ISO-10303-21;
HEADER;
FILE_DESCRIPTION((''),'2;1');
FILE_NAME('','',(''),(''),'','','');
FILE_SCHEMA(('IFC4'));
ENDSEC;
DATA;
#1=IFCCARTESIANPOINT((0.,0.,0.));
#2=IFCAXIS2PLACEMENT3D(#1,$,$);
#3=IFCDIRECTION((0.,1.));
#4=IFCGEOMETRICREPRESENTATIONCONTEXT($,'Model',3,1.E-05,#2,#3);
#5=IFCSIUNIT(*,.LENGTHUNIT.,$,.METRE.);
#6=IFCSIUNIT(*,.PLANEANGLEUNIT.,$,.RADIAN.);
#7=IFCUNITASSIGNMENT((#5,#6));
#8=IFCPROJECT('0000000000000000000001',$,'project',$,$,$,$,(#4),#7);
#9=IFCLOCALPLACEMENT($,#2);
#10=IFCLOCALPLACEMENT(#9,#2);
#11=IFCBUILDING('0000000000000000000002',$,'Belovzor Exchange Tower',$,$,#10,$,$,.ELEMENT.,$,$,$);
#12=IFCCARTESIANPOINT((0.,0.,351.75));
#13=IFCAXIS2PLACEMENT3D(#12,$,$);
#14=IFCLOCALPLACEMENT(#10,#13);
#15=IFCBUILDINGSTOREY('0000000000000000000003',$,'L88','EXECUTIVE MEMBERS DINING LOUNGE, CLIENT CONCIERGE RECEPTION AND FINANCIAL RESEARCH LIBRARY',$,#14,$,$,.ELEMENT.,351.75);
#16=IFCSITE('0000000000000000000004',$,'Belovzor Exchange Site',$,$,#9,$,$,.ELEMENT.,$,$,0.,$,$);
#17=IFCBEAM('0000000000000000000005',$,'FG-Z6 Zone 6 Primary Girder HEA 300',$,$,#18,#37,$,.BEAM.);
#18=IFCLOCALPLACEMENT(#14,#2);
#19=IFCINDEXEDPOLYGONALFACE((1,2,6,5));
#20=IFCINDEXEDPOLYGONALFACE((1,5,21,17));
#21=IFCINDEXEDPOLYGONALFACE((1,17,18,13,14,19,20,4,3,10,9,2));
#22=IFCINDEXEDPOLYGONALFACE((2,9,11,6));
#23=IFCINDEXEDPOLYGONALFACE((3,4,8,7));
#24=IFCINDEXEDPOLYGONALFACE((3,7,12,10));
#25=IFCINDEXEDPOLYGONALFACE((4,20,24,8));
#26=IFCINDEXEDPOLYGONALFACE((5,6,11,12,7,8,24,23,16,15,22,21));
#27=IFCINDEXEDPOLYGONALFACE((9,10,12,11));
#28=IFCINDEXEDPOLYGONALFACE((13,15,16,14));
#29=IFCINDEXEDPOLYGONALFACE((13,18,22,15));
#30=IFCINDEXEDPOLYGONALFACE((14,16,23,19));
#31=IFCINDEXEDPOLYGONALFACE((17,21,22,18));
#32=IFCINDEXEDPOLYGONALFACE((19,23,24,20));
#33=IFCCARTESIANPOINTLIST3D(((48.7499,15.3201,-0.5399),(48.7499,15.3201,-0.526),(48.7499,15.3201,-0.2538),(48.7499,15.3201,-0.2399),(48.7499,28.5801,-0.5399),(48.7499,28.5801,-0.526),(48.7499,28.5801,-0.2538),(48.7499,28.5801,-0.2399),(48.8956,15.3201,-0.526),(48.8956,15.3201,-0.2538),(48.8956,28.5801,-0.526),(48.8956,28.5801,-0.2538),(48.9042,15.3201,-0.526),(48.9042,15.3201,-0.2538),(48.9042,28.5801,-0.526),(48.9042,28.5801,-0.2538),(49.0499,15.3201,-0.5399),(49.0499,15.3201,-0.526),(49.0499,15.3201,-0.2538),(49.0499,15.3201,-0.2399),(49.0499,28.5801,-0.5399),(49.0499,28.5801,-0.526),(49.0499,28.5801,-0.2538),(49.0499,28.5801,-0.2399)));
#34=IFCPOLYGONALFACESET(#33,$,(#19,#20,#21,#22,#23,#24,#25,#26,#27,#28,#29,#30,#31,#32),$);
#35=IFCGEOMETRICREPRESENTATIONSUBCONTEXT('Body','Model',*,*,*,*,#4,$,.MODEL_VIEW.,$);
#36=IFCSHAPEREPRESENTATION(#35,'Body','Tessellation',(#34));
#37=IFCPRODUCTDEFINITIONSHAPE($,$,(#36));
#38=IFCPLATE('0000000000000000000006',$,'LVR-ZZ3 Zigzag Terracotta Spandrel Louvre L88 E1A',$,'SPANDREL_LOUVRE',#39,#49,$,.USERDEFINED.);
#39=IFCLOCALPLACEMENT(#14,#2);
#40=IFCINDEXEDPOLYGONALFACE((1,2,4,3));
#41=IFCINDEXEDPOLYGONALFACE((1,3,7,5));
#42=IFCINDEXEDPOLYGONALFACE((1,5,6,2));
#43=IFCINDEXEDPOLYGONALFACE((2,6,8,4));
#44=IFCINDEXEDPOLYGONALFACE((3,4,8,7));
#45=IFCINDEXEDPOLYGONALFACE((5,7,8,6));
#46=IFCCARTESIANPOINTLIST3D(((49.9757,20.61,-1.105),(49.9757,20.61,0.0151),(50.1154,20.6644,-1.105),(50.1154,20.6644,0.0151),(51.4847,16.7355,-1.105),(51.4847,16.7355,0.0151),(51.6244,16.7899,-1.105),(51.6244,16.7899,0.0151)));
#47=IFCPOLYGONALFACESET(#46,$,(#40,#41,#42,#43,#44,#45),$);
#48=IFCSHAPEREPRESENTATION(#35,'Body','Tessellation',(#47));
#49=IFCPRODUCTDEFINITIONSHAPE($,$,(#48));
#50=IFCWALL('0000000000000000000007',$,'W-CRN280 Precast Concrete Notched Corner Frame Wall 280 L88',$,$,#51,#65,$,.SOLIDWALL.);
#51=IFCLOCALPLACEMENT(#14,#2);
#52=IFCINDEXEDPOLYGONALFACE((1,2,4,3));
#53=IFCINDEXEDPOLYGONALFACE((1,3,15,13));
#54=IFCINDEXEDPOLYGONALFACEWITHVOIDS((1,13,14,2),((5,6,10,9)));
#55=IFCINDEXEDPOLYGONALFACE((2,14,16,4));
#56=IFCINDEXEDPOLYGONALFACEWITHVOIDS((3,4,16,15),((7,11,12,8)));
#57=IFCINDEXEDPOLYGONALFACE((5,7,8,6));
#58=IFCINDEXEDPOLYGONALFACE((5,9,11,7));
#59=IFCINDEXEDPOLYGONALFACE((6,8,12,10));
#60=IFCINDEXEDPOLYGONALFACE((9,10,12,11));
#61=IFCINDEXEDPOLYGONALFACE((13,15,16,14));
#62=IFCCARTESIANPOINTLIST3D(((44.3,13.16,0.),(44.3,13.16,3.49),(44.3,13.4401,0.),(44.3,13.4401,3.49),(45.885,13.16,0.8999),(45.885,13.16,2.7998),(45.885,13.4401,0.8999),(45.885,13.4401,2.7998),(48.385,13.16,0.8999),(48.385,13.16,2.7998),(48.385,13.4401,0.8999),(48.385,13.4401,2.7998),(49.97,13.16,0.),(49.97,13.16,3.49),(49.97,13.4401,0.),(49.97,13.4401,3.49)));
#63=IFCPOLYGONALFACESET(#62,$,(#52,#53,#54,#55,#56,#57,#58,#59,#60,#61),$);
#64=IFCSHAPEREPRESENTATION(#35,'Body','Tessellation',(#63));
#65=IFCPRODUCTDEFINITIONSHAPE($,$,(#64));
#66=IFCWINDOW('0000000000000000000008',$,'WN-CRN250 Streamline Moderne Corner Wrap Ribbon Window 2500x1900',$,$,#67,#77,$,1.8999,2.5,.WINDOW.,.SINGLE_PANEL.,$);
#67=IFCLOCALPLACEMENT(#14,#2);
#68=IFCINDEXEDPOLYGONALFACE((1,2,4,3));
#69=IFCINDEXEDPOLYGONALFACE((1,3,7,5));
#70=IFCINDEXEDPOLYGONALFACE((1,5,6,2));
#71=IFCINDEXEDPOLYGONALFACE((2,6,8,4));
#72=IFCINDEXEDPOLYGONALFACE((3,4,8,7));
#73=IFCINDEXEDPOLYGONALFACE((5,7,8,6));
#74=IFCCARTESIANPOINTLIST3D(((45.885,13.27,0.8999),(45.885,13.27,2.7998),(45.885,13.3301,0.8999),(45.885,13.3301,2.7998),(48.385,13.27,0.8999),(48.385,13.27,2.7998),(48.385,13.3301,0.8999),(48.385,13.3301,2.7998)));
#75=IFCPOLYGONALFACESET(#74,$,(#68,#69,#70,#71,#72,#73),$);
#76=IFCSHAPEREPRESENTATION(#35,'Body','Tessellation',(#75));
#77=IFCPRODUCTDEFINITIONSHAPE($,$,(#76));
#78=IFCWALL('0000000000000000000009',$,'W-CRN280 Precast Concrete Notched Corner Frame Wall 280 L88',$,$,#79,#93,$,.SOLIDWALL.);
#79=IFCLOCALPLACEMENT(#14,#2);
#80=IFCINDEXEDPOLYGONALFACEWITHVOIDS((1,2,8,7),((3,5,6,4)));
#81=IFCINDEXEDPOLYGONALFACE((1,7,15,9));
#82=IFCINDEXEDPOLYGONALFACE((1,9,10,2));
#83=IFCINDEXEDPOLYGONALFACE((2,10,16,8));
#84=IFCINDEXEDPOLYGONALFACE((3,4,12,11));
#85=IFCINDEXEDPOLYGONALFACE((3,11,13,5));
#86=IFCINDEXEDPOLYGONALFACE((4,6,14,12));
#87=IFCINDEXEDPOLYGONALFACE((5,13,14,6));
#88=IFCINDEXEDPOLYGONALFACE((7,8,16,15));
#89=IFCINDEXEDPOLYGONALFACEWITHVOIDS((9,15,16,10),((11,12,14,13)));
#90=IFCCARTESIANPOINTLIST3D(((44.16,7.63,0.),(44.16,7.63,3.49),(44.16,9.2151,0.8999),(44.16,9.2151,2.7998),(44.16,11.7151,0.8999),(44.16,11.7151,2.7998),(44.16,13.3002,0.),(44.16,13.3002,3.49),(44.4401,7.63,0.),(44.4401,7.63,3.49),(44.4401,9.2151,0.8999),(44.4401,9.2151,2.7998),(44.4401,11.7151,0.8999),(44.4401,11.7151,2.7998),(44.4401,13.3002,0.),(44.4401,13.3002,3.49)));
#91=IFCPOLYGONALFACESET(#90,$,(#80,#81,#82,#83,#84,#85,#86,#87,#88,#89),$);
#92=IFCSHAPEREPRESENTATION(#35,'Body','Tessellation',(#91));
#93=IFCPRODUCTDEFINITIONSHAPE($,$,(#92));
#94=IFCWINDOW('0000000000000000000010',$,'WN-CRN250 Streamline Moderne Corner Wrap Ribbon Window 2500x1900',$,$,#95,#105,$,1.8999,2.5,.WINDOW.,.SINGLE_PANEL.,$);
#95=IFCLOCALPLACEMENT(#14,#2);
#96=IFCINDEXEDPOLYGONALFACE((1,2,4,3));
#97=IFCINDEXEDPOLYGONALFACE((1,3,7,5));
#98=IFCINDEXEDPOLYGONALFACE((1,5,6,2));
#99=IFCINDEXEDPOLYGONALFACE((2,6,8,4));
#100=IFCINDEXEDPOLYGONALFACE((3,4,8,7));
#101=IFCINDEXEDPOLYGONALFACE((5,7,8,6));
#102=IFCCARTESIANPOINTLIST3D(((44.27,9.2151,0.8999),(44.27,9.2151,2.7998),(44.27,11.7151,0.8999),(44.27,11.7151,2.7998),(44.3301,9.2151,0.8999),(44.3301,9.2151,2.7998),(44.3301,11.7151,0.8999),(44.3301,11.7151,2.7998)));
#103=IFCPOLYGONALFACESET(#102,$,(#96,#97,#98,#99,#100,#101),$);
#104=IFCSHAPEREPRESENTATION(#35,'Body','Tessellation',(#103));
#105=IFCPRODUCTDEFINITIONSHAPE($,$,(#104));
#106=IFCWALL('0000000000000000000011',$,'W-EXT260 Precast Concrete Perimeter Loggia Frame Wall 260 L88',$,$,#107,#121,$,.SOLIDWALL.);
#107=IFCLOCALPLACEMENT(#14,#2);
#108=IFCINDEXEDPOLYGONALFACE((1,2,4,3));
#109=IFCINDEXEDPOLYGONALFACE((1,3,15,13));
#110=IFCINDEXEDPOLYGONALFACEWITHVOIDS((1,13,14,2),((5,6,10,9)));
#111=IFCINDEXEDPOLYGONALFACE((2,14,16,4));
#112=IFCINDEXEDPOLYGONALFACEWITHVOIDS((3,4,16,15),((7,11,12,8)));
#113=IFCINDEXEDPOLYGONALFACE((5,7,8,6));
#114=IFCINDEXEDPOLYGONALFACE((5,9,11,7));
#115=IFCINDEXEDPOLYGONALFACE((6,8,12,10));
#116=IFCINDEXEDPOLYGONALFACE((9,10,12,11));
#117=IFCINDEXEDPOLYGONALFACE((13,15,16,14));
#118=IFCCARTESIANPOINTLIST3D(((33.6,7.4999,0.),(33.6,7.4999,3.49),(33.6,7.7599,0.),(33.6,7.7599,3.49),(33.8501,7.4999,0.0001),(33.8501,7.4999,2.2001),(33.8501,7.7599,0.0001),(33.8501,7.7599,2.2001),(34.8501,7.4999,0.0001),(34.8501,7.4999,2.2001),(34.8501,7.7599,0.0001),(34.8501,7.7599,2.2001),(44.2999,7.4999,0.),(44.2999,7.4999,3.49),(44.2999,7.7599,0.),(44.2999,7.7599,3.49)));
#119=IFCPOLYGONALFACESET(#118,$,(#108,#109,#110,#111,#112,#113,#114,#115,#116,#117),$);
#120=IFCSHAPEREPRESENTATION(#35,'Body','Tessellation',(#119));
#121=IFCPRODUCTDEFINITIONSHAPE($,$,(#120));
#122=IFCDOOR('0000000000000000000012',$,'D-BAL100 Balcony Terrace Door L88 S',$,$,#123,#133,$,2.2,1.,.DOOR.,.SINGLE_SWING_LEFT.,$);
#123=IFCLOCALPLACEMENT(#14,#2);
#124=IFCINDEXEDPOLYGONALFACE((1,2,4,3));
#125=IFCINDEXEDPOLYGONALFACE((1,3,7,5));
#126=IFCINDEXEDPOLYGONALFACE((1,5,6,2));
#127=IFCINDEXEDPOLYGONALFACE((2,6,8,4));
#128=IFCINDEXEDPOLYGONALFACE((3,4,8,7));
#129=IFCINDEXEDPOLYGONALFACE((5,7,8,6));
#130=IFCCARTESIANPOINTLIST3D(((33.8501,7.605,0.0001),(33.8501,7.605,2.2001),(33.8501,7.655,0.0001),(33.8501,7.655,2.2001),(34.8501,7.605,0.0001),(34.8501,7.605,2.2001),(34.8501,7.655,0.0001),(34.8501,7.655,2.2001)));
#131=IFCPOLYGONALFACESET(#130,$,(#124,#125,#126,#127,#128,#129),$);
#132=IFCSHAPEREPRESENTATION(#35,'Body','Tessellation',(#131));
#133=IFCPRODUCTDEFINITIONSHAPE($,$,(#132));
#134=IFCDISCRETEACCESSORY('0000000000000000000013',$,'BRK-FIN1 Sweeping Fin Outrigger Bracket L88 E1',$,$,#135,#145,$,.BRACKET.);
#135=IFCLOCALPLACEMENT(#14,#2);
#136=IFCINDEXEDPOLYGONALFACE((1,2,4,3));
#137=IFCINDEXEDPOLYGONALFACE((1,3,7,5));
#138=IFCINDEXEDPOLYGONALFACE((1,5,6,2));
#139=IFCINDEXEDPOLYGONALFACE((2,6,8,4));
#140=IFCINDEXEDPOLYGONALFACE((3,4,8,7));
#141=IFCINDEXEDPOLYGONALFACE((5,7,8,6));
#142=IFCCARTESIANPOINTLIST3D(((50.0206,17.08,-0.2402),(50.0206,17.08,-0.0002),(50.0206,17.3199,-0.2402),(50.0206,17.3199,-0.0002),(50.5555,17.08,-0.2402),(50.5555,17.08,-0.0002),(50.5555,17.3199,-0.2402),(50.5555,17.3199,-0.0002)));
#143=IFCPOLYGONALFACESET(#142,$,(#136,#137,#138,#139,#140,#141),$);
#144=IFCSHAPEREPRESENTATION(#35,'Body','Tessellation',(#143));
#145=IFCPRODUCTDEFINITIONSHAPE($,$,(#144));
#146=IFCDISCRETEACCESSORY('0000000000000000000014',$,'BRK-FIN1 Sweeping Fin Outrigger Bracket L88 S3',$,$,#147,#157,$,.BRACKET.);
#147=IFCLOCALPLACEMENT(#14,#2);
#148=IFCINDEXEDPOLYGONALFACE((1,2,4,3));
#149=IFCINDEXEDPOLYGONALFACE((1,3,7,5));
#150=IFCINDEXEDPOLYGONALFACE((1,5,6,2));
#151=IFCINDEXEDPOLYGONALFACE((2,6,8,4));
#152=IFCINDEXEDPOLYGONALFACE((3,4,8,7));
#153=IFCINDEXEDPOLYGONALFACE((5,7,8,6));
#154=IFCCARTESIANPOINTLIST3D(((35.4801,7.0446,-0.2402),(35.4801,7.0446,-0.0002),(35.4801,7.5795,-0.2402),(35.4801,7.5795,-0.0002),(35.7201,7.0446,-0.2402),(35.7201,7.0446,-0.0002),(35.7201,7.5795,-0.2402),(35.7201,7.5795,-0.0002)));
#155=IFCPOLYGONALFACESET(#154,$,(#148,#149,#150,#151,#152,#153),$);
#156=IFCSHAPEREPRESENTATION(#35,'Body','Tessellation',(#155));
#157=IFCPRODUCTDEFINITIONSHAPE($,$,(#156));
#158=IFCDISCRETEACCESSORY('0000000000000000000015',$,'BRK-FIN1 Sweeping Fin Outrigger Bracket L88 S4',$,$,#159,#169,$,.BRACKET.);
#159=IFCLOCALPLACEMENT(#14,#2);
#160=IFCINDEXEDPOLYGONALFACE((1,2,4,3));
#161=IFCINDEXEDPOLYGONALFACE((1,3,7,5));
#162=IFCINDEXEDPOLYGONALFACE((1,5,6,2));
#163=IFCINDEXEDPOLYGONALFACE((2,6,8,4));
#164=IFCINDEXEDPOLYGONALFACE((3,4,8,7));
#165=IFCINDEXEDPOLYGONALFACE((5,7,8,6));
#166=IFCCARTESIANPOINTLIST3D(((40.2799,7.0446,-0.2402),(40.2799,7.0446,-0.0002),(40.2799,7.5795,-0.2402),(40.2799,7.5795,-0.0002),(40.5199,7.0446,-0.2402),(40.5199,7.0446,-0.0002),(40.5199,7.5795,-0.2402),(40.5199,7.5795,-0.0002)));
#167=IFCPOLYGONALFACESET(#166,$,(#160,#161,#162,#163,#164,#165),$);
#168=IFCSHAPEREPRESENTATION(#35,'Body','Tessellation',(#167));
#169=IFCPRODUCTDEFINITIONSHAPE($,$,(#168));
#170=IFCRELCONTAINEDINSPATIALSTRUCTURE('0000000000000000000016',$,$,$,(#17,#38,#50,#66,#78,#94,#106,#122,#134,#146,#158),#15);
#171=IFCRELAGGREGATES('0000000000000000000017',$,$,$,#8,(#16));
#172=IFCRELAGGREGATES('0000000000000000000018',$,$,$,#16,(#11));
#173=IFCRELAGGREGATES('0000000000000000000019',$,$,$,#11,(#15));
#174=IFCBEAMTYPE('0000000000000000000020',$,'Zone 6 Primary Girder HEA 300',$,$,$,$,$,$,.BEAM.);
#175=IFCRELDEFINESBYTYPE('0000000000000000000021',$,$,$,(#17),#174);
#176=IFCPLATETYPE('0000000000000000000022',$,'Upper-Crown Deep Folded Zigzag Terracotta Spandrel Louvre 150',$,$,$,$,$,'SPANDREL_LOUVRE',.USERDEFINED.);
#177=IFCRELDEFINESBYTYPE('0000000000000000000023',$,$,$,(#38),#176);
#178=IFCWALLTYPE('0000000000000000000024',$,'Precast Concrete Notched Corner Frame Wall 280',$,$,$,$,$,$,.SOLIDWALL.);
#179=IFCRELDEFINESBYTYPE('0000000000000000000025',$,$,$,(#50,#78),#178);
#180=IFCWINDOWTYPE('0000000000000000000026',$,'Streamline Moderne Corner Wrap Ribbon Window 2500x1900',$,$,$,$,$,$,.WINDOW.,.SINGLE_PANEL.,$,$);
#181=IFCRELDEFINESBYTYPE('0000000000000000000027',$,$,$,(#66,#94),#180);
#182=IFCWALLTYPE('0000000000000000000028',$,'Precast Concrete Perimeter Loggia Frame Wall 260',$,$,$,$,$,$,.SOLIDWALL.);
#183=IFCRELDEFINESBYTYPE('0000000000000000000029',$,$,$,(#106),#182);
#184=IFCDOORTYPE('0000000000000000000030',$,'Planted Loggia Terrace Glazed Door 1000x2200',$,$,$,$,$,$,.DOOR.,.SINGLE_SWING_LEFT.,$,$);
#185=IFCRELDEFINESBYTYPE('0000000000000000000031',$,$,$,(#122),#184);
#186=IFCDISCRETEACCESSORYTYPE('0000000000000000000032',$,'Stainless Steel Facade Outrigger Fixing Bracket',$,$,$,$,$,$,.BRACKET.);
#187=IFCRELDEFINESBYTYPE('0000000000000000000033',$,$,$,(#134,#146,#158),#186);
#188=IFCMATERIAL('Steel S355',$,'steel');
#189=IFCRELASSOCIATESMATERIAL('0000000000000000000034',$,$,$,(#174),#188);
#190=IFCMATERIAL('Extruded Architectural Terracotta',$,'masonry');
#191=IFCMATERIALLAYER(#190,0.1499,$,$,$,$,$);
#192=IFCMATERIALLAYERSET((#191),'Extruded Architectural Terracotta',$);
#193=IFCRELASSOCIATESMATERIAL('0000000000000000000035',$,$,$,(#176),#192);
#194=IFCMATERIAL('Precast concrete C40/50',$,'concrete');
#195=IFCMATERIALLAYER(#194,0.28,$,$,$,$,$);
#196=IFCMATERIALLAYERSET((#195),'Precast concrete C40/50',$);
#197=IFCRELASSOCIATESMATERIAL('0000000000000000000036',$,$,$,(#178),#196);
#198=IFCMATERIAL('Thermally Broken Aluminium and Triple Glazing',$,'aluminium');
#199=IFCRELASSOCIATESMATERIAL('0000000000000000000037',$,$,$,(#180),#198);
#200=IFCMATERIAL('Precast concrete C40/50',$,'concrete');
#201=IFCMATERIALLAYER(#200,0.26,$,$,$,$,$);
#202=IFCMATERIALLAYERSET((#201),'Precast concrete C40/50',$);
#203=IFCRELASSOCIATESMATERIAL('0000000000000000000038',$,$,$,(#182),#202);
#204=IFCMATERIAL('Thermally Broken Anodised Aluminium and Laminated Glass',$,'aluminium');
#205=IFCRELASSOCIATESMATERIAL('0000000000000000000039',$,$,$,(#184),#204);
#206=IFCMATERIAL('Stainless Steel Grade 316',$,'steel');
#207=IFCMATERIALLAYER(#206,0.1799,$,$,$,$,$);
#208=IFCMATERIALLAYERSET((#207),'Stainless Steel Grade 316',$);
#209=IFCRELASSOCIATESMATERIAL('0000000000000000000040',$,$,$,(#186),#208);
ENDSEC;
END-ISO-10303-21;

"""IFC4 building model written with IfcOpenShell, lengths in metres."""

from ifc_helpers import new_model, si_unit, direction, frame, frame_2d, origin, origin_2d, place, context, subcontext, project, spatial, rectangle, i_section, extrude, material, layer, layer_set, material_profile, profile_set, type_object, element, fill, save


model = new_model("IFC4")

# Units and contexts
model_context = context("Model", 3, precision=1e-05, world=origin(), true_north=direction((0.0, 1.0)))
body_context = subcontext(model_context, "Body", "Model", "MODEL_VIEW")
ifc_project = project(units=[si_unit("LENGTHUNIT", "METRE"), si_unit("PLANEANGLEUNIT", "RADIAN")], contexts=[model_context])

# Site, building, storey
site_placement = place(None, origin())
site = spatial("IfcSite", under=ifc_project, at=site_placement, Name="Belovzor Exchange Site", CompositionType="ELEMENT", RefElevation=0.0)
building_placement = place(site_placement, origin())
building = spatial("IfcBuilding", under=site, at=building_placement, Name="Belovzor Exchange Tower", CompositionType="ELEMENT")
storey_placement = place(building_placement, frame((0.0, 0.0, 351.75)))
storey = spatial("IfcBuildingStorey", under=building, at=storey_placement, Name="L88", Description="EXECUTIVE MEMBERS DINING LOUNGE, CLIENT CONCIERGE RECEPTION AND FINANCIAL RESEARCH LIBRARY", CompositionType="ELEMENT", Elevation=351.75)

# Beam
ifc_material_1 = material(Name="Steel S355", Category="steel")
ifc_material_profile_1 = material_profile(ifc_material_1, i_section(OverallWidth=0.3, OverallDepth=0.3, WebThickness=0.0085, FlangeThickness=0.0139, at=origin_2d()))
ifc_profile_set_1 = profile_set([ifc_material_profile_1], Name="Steel S355")
beam_type_1 = type_object("IfcBeamType", Name="Zone 6 Primary Girder HEA 300", PredefinedType="BEAM", material=ifc_profile_set_1)
beam_1_placement = place(storey_placement, frame((48.8999, 15.3201, -0.3899), z_axis=(0.0, 1.0, 0.0), x_axis=(-1.0, 0.0, 0.0)))
element("IfcBeam", 1, at=beam_1_placement, inside=storey, type_object=beam_type_1, Name="FG-Z6 Zone 6 Primary Girder HEA 300", PredefinedType="BEAM", context=body_context, shape_type="SweptSolid", body=[
    extrude(i_section(OverallWidth=0.3, OverallDepth=0.3, WebThickness=0.0085, FlangeThickness=0.0139, at=origin_2d()), origin(), (0.0, 0.0, 1.0), 13.26),
])

# Plate
ifc_material_2 = material(Name="Extruded Architectural Terracotta", Category="masonry")
ifc_layer_1 = layer(ifc_material_2, 0.1499)
ifc_layer_set_1 = layer_set([ifc_layer_1], Name="Extruded Architectural Terracotta")
plate_type = type_object("IfcPlateType", Name="Upper-Crown Deep Folded Zigzag Terracotta Spandrel Louvre 150", ElementType="SPANDREL_LOUVRE", PredefinedType="USERDEFINED", material=ifc_layer_set_1)
plate_placement = place(storey_placement, frame((50.8, 18.7, -1.105), z_axis=(0.0, 0.0, 1.0), x_axis=(-0.362926, 0.931818, 0.0)))
element("IfcPlate", 2, at=plate_placement, inside=storey, type_object=plate_type, Name="LVR-ZZ3 Zigzag Terracotta Spandrel Louvre L88 E1A", ObjectType="SPANDREL_LOUVRE", PredefinedType="USERDEFINED", context=body_context, shape_type="SweptSolid", body=[
    extrude(rectangle(XDim=4.158, YDim=0.1499, at=origin_2d()), origin(), (0.0, 0.0, 1.0), 1.1201),
])

# Walls, openings, windows
ifc_material_3 = material(Name="Precast concrete C40/50", Category="concrete")
ifc_layer_2 = layer(ifc_material_3, 0.28)
ifc_layer_set_2 = layer_set([ifc_layer_2], Name="Precast concrete C40/50")
wall_type_1 = type_object("IfcWallType", Name="Precast Concrete Notched Corner Frame Wall 280", PredefinedType="SOLIDWALL", material=ifc_layer_set_2)
wall_1_placement = place(storey_placement, frame((49.97, 13.3, 0.0), z_axis=(0.0, 0.0, 1.0), x_axis=(-1.0, 0.0, 0.0)))
wall_1 = element("IfcWall", 3, at=wall_1_placement, inside=storey, type_object=wall_type_1, Name="W-CRN280 Precast Concrete Notched Corner Frame Wall 280 L88", PredefinedType="SOLIDWALL", context=body_context, shape_type="SweptSolid", body=[
    extrude(rectangle(XDim=5.6699, YDim=0.28, at=frame_2d((2.835, 0.0))), origin(), (0.0, 0.0, 1.0), 3.49),
])
opening_1_placement = place(wall_1_placement, frame((1.585, 0.0, 0.8999)))
opening_1 = element("IfcOpeningElement", 4, at=opening_1_placement, cuts=wall_1, PredefinedType="OPENING", context=body_context, shape_type="SweptSolid", body=[
    extrude(rectangle(XDim=2.5, YDim=1.8999, at=frame_2d((1.25, 0.95))), frame((0.0, 0.1499, 0.0), z_axis=(0.0, -1.0, 0.0), x_axis=(1.0, 0.0, 0.0)), (0.0, 0.0, 1.0), 0.3),
])
ifc_material_4 = material(Name="Thermally Broken Aluminium and Triple Glazing", Category="aluminium")
window_type = type_object("IfcWindowType", Name="Streamline Moderne Corner Wrap Ribbon Window 2500x1900", PartitioningType="SINGLE_PANEL", PredefinedType="WINDOW", material=ifc_material_4)
window_1_placement = place(opening_1_placement, origin())
window_1 = element("IfcWindow", 5, at=window_1_placement, inside=storey, type_object=window_type, Name="WN-CRN250 Streamline Moderne Corner Wrap Ribbon Window 2500x1900", OverallHeight=1.8999, OverallWidth=2.5, PartitioningType="SINGLE_PANEL", PredefinedType="WINDOW", context=body_context, shape_type="SweptSolid", body=[
    extrude(rectangle(XDim=2.5, YDim=1.8999, at=frame_2d((1.25, 0.95))), frame((0.0, 0.03, 0.0), z_axis=(0.0, -1.0, 0.0), x_axis=(1.0, 0.0, 0.0)), (0.0, 0.0, 1.0), 0.0601),
])
fill(opening_1, window_1)
wall_2_placement = place(storey_placement, frame((44.3, 13.3, 0.0), z_axis=(0.0, 0.0, 1.0), x_axis=(0.0, -1.0, 0.0)))
wall_2 = element("IfcWall", 6, at=wall_2_placement, inside=storey, type_object=wall_type_1, Name="W-CRN280 Precast Concrete Notched Corner Frame Wall 280 L88", PredefinedType="SOLIDWALL", context=body_context, shape_type="SweptSolid", body=[
    extrude(rectangle(XDim=5.6702, YDim=0.28, at=frame_2d((2.835, 0.0))), origin(), (0.0, 0.0, 1.0), 3.49),
])
opening_2_placement = place(wall_2_placement, frame((1.585, 0.0, 0.8999)))
opening_2 = element("IfcOpeningElement", 7, at=opening_2_placement, cuts=wall_2, PredefinedType="OPENING", context=body_context, shape_type="SweptSolid", body=[
    extrude(rectangle(XDim=2.5, YDim=1.8999, at=frame_2d((1.25, 0.95))), frame((0.0, 0.1499, 0.0), z_axis=(0.0, -1.0, 0.0), x_axis=(1.0, 0.0, 0.0)), (0.0, 0.0, 1.0), 0.3),
])
window_2_placement = place(opening_2_placement, origin())
window_2 = element("IfcWindow", 8, at=window_2_placement, inside=storey, type_object=window_type, Name="WN-CRN250 Streamline Moderne Corner Wrap Ribbon Window 2500x1900", OverallHeight=1.8999, OverallWidth=2.5, PartitioningType="SINGLE_PANEL", PredefinedType="WINDOW", context=body_context, shape_type="SweptSolid", body=[
    extrude(rectangle(XDim=2.5, YDim=1.8999, at=frame_2d((1.25, 0.95))), frame((0.0, 0.03, 0.0), z_axis=(0.0, -1.0, 0.0), x_axis=(1.0, 0.0, 0.0)), (0.0, 0.0, 1.0), 0.0601),
])
fill(opening_2, window_2)

# Wall, opening, door
ifc_material_5 = material(Name="Precast concrete C40/50", Category="concrete")
ifc_layer_3 = layer(ifc_material_5, 0.26)
ifc_layer_set_3 = layer_set([ifc_layer_3], Name="Precast concrete C40/50")
wall_type_2 = type_object("IfcWallType", Name="Precast Concrete Perimeter Loggia Frame Wall 260", PredefinedType="SOLIDWALL", material=ifc_layer_set_3)
wall_3_placement = place(storey_placement, frame((44.3, 7.6299, 0.0), z_axis=(0.0, 0.0, 1.0), x_axis=(-1.0, 0.0, 0.0)))
wall_3 = element("IfcWall", 9, at=wall_3_placement, inside=storey, type_object=wall_type_2, Name="W-EXT260 Precast Concrete Perimeter Loggia Frame Wall 260 L88", PredefinedType="SOLIDWALL", context=body_context, shape_type="SweptSolid", body=[
    extrude(rectangle(XDim=10.7, YDim=0.26, at=frame_2d((5.3501, 0.0))), origin(), (0.0, 0.0, 1.0), 3.49),
])
opening_3_placement = place(wall_3_placement, frame((9.45, 0.0, 0.0)))
opening_3 = element("IfcOpeningElement", 10, at=opening_3_placement, cuts=wall_3, PredefinedType="OPENING", context=body_context, shape_type="SweptSolid", body=[
    extrude(rectangle(XDim=1.0, YDim=2.2, at=frame_2d((0.5, 1.1001))), frame((0.0, 0.1399, 0.0), z_axis=(0.0, -1.0, 0.0), x_axis=(1.0, 0.0, 0.0)), (0.0, 0.0, 1.0), 0.28),
])
ifc_material_6 = material(Name="Thermally Broken Anodised Aluminium and Laminated Glass", Category="aluminium")
door_type = type_object("IfcDoorType", Name="Planted Loggia Terrace Glazed Door 1000x2200", OperationType="SINGLE_SWING_LEFT", PredefinedType="DOOR", material=ifc_material_6)
door_placement = place(opening_3_placement, origin())
door = element("IfcDoor", 11, at=door_placement, inside=storey, type_object=door_type, Name="D-BAL100 Balcony Terrace Door L88 S", OperationType="SINGLE_SWING_LEFT", OverallHeight=2.2, OverallWidth=1.0, PredefinedType="DOOR", context=body_context, shape_type="SweptSolid", body=[
    extrude(rectangle(XDim=1.0, YDim=2.2, at=frame_2d((0.5, 1.1001))), frame((0.0, 0.0249, 0.0), z_axis=(0.0, -1.0, 0.0), x_axis=(1.0, 0.0, 0.0)), (0.0, 0.0, 1.0), 0.05),
])
fill(opening_3, door)

# Discrete accessories
ifc_material_7 = material(Name="Stainless Steel Grade 316", Category="steel")
ifc_layer_4 = layer(ifc_material_7, 0.1799)
ifc_layer_set_4 = layer_set([ifc_layer_4], Name="Stainless Steel Grade 316")
discrete_accessory_type = type_object("IfcDiscreteAccessoryType", Name="Stainless Steel Facade Outrigger Fixing Bracket", PredefinedType="BRACKET", material=ifc_layer_set_4)
for number, where, z_axis, x_axis, name in (
    (12, (50.2881, 17.2, -0.2402), (0.0, 0.0, 1.0), (1.0, 0.0, 0.0), "BRK-FIN1 Sweeping Fin Outrigger Bracket L88 E1"),
    (13, (35.6001, 7.312, -0.2402), (0.0, 0.0, 1.0), (0.0, 1.0, 0.0), "BRK-FIN1 Sweeping Fin Outrigger Bracket L88 S3"),
    (14, (40.3999, 7.312, -0.2402), (0.0, 0.0, 1.0), (0.0, 1.0, 0.0), "BRK-FIN1 Sweeping Fin Outrigger Bracket L88 S4"),
):
    element("IfcDiscreteAccessory", number, at=place(storey_placement, frame(where, z_axis=z_axis, x_axis=x_axis)), inside=storey, type_object=discrete_accessory_type, Name=name, PredefinedType="BRACKET", context=body_context, shape_type="SweptSolid", body=[
        extrude(rectangle(XDim=0.5349, YDim=0.24, at=origin_2d()), origin(), (0.0, 0.0, 1.0), 0.24),
    ])

save(model, "model.ifc")
